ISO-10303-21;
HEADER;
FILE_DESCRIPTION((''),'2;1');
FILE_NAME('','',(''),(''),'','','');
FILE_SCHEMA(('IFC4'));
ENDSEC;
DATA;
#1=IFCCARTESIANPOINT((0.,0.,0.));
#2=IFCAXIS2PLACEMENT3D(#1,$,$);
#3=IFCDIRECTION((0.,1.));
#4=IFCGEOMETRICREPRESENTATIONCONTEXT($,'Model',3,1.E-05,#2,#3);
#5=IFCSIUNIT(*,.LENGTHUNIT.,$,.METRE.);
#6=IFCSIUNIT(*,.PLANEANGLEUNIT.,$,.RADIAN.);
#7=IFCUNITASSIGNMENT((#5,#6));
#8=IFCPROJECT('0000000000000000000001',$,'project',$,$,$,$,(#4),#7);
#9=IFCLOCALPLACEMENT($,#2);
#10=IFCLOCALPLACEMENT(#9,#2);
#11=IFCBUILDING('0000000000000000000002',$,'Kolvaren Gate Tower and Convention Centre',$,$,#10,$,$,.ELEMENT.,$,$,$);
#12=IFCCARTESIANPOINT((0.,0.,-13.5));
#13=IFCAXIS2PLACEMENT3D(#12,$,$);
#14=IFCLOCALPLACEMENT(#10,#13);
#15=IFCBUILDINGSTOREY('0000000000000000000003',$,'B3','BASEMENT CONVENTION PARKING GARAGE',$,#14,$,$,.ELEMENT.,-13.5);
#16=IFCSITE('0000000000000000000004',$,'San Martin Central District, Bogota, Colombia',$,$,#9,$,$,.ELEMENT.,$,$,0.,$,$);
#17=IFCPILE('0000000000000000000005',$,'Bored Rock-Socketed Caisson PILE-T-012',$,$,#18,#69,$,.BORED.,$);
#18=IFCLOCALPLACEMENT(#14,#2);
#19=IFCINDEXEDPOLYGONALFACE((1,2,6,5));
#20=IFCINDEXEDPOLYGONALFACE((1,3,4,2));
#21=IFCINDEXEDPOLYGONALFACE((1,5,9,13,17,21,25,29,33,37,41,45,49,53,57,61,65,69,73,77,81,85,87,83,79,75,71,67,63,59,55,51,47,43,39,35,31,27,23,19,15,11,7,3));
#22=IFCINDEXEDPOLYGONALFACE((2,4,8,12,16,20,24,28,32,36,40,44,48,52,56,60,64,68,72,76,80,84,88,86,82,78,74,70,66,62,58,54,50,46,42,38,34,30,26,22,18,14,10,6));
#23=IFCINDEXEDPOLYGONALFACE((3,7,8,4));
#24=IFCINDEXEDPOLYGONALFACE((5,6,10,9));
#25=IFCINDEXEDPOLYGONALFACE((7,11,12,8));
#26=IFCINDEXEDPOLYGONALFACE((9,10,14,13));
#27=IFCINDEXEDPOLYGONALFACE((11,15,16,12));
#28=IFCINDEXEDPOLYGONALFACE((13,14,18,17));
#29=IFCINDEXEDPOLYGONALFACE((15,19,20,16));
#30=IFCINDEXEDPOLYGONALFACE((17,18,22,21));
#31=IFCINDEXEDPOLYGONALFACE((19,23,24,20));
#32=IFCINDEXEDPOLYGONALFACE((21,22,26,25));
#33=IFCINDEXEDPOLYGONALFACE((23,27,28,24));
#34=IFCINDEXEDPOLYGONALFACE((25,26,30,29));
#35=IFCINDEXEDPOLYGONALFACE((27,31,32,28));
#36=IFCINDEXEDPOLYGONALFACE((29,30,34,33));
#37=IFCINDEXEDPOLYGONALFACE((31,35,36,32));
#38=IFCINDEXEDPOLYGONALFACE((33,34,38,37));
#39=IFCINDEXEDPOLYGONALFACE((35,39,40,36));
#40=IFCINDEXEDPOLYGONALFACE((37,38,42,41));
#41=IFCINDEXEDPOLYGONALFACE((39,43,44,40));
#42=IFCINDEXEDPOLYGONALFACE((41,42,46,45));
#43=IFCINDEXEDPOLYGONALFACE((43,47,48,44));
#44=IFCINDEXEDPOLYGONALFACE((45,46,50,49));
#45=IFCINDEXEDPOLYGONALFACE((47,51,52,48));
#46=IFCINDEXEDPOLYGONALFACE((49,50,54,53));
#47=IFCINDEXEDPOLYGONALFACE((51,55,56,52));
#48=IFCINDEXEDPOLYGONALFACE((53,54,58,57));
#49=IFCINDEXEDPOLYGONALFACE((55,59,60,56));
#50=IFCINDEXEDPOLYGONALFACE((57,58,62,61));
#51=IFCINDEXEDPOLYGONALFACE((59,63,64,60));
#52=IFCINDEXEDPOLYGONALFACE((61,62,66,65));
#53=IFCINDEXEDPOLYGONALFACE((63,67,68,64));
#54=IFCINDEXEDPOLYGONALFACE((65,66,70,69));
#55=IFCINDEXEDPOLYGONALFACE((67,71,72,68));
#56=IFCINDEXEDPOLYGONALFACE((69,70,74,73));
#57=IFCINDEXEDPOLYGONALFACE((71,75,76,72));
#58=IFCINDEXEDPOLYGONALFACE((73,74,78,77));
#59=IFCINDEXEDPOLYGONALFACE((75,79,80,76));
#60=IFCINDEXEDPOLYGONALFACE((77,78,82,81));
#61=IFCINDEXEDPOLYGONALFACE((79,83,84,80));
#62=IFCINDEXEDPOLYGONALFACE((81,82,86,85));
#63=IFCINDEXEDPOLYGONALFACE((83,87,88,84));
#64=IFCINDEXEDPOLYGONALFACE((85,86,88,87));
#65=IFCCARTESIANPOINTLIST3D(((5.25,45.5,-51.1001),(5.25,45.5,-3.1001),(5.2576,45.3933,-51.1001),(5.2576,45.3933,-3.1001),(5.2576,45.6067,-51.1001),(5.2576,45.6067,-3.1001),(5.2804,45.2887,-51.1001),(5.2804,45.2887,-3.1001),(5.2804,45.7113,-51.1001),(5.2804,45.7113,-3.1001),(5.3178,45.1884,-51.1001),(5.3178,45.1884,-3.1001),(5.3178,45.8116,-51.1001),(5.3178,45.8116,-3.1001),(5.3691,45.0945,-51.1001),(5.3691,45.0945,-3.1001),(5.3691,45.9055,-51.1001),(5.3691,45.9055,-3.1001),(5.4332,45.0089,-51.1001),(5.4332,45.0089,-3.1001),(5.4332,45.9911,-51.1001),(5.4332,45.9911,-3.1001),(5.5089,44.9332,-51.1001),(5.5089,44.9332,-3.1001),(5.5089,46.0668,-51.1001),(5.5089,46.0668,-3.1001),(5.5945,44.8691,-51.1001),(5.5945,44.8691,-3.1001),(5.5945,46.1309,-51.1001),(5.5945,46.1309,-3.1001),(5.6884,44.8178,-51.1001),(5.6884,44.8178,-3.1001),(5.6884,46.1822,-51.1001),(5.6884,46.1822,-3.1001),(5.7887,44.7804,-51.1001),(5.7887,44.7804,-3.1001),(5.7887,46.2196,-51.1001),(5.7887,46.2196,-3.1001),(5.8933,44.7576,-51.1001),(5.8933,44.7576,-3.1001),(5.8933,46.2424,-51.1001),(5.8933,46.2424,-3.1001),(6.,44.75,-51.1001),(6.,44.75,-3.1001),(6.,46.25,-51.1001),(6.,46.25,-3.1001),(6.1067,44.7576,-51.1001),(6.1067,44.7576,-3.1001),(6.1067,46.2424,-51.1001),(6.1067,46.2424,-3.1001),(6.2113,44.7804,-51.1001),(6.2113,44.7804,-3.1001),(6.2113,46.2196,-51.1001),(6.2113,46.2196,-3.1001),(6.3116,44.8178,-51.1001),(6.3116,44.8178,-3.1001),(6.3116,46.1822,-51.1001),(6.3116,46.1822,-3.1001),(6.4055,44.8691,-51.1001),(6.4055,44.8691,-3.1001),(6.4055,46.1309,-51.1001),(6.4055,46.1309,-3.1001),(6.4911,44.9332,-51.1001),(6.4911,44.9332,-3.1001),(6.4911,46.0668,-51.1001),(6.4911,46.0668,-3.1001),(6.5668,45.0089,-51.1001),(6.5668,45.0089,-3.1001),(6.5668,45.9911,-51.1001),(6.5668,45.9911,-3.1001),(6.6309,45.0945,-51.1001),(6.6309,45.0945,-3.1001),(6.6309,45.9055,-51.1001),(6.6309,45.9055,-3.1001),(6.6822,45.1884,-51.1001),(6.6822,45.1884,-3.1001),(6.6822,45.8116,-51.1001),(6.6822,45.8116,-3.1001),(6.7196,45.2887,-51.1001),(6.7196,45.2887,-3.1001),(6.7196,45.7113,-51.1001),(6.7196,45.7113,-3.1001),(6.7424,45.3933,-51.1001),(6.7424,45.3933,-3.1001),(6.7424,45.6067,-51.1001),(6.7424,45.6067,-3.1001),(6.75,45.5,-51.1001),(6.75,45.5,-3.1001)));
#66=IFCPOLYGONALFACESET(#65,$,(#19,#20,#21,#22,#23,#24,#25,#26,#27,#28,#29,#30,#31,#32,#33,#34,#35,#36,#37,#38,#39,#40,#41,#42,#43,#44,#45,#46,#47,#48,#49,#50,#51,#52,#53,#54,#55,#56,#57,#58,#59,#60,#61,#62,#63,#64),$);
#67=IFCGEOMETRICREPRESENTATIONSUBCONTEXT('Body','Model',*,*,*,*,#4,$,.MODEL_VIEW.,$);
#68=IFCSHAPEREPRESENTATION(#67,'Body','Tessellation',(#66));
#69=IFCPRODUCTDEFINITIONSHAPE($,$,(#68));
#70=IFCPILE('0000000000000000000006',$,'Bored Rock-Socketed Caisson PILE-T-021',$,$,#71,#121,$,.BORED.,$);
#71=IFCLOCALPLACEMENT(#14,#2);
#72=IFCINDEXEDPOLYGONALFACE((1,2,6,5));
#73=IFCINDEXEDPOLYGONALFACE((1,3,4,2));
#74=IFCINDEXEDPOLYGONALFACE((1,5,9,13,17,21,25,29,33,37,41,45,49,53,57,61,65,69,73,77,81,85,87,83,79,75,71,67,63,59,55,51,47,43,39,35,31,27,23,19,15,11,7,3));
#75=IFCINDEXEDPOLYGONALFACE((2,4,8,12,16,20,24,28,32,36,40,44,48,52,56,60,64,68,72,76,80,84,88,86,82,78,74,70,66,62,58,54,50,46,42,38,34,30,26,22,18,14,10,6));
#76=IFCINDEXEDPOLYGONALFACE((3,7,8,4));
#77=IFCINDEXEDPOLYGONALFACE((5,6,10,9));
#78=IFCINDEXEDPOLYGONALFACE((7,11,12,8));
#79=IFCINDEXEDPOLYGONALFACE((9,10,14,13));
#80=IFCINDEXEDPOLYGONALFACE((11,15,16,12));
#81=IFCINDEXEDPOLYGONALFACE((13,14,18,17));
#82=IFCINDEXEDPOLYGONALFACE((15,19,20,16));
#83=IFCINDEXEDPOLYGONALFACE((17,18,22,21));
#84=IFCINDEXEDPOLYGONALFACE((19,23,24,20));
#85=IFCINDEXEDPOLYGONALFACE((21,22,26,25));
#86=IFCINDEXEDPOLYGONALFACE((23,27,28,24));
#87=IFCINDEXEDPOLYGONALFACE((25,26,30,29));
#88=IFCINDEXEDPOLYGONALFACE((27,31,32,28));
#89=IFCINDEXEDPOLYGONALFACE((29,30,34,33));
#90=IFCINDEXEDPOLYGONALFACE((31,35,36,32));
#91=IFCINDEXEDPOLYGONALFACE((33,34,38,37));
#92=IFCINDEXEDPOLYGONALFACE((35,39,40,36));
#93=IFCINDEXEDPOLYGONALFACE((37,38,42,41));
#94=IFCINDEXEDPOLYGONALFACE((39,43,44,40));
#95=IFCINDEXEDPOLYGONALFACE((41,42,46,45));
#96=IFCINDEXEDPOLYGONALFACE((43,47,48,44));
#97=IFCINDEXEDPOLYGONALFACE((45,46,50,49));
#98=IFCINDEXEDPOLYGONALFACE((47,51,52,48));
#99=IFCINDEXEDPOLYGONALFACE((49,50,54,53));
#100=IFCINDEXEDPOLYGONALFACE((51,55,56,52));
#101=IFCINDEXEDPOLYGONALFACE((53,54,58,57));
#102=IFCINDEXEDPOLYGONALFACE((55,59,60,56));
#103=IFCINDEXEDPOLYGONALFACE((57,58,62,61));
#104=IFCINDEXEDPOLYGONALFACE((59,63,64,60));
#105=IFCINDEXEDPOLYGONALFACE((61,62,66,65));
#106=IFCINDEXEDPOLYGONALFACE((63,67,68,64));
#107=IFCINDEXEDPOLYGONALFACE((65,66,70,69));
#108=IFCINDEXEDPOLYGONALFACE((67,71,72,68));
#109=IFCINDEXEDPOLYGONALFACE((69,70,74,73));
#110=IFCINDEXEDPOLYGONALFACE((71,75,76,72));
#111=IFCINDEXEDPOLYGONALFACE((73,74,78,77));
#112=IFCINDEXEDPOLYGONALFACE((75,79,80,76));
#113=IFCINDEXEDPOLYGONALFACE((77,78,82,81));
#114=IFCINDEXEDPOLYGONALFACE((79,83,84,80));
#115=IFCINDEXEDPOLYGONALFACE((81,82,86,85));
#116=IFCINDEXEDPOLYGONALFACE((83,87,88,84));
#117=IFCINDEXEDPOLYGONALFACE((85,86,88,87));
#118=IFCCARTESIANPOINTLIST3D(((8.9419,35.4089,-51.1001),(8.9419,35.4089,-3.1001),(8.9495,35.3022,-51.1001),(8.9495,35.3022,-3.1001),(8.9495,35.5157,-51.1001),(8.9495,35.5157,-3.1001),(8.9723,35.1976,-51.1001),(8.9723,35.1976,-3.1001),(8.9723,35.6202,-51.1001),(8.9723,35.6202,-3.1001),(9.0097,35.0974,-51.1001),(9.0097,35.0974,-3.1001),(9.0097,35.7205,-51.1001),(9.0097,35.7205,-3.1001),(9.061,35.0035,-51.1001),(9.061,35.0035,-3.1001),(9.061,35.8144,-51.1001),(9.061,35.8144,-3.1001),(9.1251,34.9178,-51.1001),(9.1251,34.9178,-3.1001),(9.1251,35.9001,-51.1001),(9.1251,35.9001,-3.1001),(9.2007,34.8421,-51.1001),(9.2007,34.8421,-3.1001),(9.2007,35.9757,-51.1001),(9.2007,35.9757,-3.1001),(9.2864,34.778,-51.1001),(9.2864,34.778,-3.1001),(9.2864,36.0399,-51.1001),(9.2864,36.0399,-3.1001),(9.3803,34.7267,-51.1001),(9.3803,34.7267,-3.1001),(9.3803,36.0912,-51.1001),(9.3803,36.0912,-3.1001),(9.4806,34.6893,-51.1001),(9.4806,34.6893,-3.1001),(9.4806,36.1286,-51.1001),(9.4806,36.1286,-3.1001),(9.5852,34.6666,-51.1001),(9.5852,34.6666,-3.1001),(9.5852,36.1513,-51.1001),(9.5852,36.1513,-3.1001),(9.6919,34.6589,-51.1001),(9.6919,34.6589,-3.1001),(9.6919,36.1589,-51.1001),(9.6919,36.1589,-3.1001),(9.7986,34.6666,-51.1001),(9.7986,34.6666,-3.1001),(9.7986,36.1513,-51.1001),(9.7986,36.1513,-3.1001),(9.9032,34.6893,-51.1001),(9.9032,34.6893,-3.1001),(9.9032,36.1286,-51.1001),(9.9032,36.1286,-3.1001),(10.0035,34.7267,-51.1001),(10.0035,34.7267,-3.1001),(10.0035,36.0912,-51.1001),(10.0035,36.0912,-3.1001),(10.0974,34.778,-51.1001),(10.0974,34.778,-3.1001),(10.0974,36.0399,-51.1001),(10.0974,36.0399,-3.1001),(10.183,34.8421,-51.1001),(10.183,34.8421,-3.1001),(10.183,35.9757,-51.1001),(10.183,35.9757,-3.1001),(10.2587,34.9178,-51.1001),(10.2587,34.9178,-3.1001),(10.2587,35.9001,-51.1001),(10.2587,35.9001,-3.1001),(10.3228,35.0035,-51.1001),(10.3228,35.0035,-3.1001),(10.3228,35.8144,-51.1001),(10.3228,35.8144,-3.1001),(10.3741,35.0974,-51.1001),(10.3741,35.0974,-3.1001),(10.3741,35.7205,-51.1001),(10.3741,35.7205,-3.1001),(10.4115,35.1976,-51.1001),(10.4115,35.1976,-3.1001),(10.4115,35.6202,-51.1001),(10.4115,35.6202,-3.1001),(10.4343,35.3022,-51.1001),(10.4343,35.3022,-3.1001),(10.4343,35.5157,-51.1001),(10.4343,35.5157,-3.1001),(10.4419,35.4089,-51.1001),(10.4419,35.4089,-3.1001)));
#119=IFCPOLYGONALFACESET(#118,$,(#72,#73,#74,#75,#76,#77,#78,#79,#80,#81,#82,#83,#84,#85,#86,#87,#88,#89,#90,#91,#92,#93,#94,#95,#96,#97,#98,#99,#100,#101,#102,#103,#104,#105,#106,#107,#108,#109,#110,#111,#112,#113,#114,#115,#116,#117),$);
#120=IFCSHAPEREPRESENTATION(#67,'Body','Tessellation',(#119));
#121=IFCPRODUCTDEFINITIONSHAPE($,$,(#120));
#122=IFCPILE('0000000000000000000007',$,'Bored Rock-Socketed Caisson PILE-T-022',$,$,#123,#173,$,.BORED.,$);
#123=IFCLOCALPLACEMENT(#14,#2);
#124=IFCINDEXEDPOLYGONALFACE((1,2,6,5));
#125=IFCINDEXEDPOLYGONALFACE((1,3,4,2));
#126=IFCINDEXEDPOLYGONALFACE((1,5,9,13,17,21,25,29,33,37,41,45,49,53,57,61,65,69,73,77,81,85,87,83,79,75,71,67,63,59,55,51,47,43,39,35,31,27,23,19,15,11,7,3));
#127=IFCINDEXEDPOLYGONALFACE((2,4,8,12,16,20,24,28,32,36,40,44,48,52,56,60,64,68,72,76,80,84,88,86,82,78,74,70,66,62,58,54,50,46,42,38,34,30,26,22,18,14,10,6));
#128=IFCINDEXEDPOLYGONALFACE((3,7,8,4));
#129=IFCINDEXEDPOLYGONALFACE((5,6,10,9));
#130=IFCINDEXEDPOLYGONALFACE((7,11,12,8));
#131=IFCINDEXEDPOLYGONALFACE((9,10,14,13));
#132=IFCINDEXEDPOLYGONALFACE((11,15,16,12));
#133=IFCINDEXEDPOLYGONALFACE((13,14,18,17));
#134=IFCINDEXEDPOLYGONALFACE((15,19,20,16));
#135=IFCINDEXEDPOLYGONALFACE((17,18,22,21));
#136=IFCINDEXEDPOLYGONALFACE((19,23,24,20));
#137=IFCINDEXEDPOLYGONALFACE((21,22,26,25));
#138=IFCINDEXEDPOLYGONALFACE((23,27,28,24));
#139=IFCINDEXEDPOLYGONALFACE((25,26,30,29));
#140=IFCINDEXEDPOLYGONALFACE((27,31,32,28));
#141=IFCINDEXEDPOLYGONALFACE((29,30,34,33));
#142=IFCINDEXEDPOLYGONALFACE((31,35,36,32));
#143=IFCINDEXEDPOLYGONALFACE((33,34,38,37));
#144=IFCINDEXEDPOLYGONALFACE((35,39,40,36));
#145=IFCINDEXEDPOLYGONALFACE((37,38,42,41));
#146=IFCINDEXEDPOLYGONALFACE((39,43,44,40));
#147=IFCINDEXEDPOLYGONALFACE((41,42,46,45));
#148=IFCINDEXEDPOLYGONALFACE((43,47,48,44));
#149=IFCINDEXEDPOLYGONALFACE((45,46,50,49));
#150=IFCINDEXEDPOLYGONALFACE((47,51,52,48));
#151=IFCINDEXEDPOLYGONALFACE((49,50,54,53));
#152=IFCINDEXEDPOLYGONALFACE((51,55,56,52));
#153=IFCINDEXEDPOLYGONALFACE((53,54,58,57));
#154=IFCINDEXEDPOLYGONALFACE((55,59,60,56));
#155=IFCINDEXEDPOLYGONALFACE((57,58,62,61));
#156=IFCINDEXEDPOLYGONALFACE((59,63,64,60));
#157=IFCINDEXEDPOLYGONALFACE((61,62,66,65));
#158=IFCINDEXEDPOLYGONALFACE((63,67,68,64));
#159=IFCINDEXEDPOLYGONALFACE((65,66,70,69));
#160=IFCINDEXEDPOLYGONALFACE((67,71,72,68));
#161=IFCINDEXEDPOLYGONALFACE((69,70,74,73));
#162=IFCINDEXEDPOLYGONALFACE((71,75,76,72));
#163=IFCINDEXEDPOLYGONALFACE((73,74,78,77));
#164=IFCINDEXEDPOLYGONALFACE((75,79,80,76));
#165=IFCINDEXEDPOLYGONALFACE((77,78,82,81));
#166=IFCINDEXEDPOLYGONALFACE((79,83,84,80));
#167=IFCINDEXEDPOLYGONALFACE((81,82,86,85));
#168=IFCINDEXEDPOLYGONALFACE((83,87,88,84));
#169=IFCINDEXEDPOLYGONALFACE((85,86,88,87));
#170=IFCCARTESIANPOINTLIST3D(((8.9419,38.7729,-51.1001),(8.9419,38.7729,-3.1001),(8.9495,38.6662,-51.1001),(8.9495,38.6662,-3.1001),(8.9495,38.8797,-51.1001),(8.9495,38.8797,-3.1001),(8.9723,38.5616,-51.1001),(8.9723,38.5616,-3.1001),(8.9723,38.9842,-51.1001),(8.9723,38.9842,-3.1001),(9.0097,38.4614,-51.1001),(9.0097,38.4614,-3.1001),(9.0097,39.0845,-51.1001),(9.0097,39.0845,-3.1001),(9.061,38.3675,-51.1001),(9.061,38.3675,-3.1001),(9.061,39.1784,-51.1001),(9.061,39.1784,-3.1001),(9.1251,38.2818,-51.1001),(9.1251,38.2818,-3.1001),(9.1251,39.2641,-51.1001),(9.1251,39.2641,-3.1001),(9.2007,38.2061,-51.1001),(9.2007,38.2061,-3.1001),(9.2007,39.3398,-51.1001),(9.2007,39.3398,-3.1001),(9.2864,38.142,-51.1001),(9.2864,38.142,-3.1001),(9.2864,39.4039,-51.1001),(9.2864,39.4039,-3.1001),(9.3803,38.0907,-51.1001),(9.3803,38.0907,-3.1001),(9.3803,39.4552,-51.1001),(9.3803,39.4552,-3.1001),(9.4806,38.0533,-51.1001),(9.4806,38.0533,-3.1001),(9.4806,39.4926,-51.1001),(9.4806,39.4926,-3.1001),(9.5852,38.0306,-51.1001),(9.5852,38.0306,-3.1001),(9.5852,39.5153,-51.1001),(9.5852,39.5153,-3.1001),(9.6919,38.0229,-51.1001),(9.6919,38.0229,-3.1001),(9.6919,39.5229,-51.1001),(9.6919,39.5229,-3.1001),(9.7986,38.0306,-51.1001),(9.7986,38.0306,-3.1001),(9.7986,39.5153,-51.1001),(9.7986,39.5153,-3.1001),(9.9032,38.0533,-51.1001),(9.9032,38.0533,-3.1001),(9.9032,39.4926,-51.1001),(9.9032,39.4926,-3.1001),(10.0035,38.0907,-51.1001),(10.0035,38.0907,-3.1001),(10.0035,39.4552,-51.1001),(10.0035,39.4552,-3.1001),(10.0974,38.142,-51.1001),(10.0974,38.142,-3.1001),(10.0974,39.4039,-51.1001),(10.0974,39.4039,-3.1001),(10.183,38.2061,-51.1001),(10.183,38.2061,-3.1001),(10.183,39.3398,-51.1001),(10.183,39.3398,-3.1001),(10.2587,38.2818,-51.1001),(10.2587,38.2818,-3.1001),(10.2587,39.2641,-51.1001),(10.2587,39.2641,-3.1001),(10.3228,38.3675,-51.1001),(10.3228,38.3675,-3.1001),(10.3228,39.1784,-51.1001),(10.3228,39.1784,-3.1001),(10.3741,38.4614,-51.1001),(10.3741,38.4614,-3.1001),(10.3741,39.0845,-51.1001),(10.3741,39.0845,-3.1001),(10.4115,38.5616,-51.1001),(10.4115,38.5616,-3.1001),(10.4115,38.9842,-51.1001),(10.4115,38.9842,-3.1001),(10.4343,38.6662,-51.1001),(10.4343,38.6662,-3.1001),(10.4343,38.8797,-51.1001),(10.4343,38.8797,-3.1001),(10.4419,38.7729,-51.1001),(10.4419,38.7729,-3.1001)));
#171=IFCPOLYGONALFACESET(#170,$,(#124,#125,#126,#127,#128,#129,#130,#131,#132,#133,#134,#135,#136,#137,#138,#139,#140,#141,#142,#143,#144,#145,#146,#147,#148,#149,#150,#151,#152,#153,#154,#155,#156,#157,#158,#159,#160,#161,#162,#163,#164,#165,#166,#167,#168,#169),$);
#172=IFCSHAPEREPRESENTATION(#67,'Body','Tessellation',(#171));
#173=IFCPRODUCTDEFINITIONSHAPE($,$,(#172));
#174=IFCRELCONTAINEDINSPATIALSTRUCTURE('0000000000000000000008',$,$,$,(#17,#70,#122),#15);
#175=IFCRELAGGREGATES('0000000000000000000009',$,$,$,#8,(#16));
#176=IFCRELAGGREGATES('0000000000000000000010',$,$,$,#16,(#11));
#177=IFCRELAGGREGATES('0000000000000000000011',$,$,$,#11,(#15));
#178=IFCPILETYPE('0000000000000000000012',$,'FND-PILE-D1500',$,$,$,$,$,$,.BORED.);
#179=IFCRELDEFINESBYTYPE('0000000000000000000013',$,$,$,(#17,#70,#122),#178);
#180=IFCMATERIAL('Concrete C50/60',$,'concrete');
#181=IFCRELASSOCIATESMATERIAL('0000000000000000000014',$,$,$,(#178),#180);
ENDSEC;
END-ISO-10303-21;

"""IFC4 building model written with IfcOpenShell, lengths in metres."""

from ifc_helpers import new_model, si_unit, direction, frame, origin, origin_2d, place, context, subcontext, project, spatial, circle, extrude, material, material_profile, profile_set, type_object, element, save


model = new_model("IFC4")

# Units and contexts
model_context = context("Model", 3, precision=1e-05, world=origin(), true_north=direction((0.0, 1.0)))
body_context = subcontext(model_context, "Body", "Model", "MODEL_VIEW")
ifc_project = project(units=[si_unit("LENGTHUNIT", "METRE"), si_unit("PLANEANGLEUNIT", "RADIAN")], contexts=[model_context])

# Site, building, storey
site_placement = place(None, origin())
site = spatial("IfcSite", under=ifc_project, at=site_placement, Name="San Martin Central District, Bogota, Colombia", CompositionType="ELEMENT", RefElevation=0.0)
building_placement = place(site_placement, origin())
building = spatial("IfcBuilding", under=site, at=building_placement, Name="Kolvaren Gate Tower and Convention Centre", CompositionType="ELEMENT")
storey_placement = place(building_placement, frame((0.0, 0.0, -13.5)))
storey = spatial("IfcBuildingStorey", under=building, at=storey_placement, Name="B3", Description="BASEMENT CONVENTION PARKING GARAGE", CompositionType="ELEMENT", Elevation=-13.5)

# Piles
ifc_material_1 = material(Name="Concrete C50/60", Category="concrete")
ifc_material_profile_1 = material_profile(ifc_material_1, circle(Radius=0.75, at=origin_2d()), Name="CAISSON-D1500")
ifc_profile_set_1 = profile_set([ifc_material_profile_1], Name="Concrete C50/60")
pile_type = type_object("IfcPileType", Name="FND-PILE-D1500", PredefinedType="BORED", material=ifc_profile_set_1)
for number, where, z_axis, x_axis, name in (
    (1, (6.0, 45.5, -3.1001), (0.0, 0.0, -1.0), (1.0, 0.0, 0.0), "Bored Rock-Socketed Caisson PILE-T-012"),
    (2, (9.6919, 35.4089, -3.1001), (0.0, 0.0, -1.0), (1.0, 0.0, 0.0), "Bored Rock-Socketed Caisson PILE-T-021"),
    (3, (9.6919, 38.7729, -3.1001), (0.0, 0.0, -1.0), (1.0, 0.0, 0.0), "Bored Rock-Socketed Caisson PILE-T-022"),
):
    element("IfcPile", number, at=place(storey_placement, frame(where, z_axis=z_axis, x_axis=x_axis)), inside=storey, type_object=pile_type, Name=name, PredefinedType="BORED", context=body_context, shape_type="SweptSolid", body=[
        extrude(circle(Radius=0.75, at=origin_2d()), origin(), (0.0, 0.0, 1.0), 48.0),
    ])

save(model, "model.ifc")
